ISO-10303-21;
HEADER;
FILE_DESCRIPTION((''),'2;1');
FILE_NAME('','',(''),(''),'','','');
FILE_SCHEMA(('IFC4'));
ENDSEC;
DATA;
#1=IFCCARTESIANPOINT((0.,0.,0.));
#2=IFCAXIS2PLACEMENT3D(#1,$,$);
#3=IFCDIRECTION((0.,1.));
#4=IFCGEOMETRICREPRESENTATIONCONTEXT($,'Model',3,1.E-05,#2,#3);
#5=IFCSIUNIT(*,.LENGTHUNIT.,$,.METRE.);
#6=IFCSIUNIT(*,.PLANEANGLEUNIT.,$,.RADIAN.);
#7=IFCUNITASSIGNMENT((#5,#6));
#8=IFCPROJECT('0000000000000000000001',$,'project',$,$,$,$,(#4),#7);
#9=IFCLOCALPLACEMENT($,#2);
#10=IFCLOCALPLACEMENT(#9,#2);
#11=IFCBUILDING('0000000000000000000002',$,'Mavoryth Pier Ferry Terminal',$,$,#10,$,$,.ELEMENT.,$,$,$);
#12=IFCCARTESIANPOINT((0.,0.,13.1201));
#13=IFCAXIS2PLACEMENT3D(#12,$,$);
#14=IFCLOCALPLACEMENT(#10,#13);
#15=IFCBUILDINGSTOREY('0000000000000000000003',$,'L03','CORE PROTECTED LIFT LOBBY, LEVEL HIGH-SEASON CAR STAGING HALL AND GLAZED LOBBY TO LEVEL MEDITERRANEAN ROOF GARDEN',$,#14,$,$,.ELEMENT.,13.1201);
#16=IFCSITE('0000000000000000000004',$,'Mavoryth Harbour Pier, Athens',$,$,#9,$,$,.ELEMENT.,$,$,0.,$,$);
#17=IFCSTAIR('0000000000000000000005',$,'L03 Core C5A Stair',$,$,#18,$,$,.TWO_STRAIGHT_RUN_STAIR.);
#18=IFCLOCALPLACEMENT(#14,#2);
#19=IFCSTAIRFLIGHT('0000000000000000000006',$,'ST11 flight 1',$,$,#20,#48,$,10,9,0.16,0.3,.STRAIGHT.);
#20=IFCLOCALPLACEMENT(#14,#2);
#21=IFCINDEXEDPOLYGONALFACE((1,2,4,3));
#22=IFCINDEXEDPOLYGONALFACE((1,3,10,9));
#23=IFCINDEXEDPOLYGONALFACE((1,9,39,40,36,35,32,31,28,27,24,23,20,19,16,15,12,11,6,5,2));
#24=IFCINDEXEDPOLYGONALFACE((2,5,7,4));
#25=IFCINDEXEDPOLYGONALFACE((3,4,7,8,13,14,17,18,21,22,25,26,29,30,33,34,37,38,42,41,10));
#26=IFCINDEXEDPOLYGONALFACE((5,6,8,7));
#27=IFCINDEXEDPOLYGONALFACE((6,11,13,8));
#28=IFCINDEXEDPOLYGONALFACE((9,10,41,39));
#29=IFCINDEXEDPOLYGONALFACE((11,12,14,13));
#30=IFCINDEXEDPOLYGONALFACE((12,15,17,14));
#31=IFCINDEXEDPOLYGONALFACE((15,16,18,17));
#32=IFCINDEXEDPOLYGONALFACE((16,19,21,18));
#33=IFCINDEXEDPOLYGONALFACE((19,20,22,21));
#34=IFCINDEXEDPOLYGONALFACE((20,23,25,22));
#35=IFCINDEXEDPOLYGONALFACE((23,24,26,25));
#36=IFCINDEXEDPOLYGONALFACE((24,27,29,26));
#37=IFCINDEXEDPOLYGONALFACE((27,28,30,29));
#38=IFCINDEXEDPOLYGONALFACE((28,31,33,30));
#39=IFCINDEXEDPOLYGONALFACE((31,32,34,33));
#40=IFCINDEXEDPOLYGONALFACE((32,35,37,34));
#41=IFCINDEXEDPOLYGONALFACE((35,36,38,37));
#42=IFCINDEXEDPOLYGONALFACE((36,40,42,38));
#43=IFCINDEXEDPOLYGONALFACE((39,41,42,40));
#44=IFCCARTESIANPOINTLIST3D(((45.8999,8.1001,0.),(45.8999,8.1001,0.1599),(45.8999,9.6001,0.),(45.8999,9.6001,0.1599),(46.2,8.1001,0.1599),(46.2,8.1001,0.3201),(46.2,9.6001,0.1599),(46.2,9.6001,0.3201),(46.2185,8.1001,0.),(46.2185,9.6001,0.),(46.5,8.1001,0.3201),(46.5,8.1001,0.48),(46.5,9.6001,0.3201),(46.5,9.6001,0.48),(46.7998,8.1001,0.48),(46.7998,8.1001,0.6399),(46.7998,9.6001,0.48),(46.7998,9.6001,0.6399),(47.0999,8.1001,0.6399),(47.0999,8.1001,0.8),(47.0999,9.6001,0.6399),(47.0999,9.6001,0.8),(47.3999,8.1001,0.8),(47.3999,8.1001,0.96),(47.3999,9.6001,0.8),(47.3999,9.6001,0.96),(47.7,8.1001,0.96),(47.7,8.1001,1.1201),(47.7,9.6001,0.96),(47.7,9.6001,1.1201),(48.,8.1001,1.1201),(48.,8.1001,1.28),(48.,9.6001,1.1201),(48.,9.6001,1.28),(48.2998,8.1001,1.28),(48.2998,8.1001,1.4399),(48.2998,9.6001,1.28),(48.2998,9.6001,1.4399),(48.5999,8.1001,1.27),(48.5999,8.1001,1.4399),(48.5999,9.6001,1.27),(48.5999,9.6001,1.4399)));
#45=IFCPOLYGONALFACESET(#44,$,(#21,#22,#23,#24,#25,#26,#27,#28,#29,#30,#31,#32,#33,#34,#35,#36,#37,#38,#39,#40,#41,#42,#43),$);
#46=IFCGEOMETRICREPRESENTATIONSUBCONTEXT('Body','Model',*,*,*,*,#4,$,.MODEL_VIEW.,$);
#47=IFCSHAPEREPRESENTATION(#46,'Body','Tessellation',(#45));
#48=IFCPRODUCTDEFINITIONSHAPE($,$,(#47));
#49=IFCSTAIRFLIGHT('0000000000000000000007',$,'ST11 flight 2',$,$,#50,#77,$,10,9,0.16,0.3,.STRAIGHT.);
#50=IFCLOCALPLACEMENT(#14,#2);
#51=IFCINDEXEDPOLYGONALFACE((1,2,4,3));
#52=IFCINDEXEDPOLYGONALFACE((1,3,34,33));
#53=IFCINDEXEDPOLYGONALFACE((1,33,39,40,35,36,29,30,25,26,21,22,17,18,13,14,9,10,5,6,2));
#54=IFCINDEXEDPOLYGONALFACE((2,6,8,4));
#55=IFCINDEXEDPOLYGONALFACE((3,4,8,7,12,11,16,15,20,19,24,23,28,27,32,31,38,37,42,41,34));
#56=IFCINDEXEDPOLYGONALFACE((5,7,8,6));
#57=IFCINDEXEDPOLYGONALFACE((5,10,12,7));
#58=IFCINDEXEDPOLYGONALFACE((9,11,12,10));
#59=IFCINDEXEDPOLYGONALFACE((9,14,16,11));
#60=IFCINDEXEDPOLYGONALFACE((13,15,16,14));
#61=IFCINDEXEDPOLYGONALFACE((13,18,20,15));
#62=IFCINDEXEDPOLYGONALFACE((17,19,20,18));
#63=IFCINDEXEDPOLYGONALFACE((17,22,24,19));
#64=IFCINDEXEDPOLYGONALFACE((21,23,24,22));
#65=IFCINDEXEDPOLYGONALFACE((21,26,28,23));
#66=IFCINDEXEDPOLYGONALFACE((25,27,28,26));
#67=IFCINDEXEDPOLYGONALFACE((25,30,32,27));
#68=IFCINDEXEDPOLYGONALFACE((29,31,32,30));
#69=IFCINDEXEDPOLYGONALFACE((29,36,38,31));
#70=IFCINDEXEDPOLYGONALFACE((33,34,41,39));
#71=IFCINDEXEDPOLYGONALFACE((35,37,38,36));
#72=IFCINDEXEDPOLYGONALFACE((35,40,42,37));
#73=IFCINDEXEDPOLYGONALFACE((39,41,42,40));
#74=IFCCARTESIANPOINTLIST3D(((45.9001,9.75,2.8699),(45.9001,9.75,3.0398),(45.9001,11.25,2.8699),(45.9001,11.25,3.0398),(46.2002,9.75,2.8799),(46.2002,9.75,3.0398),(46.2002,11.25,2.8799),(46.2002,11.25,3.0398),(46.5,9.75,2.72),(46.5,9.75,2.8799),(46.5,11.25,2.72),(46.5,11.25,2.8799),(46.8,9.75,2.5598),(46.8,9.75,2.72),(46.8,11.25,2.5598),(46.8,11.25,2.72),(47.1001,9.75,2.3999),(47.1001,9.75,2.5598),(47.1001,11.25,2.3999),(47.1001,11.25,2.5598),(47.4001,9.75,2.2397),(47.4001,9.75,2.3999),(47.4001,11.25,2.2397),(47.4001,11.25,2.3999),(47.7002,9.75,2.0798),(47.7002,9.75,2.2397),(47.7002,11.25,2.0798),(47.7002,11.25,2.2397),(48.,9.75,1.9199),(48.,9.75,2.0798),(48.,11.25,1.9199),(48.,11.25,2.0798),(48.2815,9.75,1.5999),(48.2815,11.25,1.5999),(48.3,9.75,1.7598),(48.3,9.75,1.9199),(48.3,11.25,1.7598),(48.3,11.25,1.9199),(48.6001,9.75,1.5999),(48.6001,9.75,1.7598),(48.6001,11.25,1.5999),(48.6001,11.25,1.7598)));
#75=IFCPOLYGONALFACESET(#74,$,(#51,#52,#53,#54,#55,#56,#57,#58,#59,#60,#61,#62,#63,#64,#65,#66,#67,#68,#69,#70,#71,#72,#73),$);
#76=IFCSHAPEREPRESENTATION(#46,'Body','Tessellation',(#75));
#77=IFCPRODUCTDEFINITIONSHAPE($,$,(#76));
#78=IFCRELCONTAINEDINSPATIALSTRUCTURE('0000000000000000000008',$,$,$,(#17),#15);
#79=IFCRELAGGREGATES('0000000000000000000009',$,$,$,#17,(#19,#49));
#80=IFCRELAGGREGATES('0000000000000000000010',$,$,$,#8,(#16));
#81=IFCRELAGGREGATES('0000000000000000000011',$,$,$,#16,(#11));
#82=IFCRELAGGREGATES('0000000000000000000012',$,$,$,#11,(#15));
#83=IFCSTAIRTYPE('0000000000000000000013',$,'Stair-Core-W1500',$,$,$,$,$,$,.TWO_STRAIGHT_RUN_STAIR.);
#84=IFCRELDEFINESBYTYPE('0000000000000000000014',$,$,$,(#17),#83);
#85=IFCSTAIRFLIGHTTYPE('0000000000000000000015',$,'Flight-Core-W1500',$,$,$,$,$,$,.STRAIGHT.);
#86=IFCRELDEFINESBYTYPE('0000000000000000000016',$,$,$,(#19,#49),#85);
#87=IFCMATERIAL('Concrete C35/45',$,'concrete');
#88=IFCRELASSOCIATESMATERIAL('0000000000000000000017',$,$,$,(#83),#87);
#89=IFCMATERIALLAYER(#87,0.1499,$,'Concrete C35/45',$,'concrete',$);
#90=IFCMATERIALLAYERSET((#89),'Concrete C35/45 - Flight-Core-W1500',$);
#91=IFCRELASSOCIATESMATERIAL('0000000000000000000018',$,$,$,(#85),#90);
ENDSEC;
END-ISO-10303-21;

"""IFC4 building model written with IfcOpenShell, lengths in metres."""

from ifc_helpers import new_model, si_unit, direction, frame, origin, place, context, subcontext, project, spatial, polyline, outline, extrude, material, layer, layer_set, type_object, element, aggregate, save


model = new_model("IFC4")

# Units and contexts
model_context = context("Model", 3, precision=1e-05, world=origin(), true_north=direction((0.0, 1.0)))
body_context = subcontext(model_context, "Body", "Model", "MODEL_VIEW")
ifc_project = project(units=[si_unit("LENGTHUNIT", "METRE"), si_unit("PLANEANGLEUNIT", "RADIAN")], contexts=[model_context])

# Site, building, storey
site_placement = place(None, origin())
site = spatial("IfcSite", under=ifc_project, at=site_placement, Name="Mavoryth Harbour Pier, Athens", CompositionType="ELEMENT", RefElevation=0.0)
building_placement = place(site_placement, origin())
building = spatial("IfcBuilding", under=site, at=building_placement, Name="Mavoryth Pier Ferry Terminal", CompositionType="ELEMENT")
storey_placement = place(building_placement, frame((0.0, 0.0, 13.1201)))
storey = spatial("IfcBuildingStorey", under=building, at=storey_placement, Name="L03", Description="CORE PROTECTED LIFT LOBBY, LEVEL HIGH-SEASON CAR STAGING HALL AND GLAZED LOBBY TO LEVEL MEDITERRANEAN ROOF GARDEN", CompositionType="ELEMENT", Elevation=13.1201)

# Shared definitions
ifc_material_1 = material(Name="Concrete C35/45", Category="concrete")

# Stair, stair flights
stair_type = type_object("IfcStairType", Name="Stair-Core-W1500", PredefinedType="TWO_STRAIGHT_RUN_STAIR", material=ifc_material_1)
stair_placement = place(storey_placement, origin())
stair = element("IfcStair", 1, at=stair_placement, inside=storey, type_object=stair_type, Name="L03 Core C5A Stair", PredefinedType="TWO_STRAIGHT_RUN_STAIR")
ifc_layer_1 = layer(ifc_material_1, 0.1499, Name="Concrete C35/45", Category="concrete")
ifc_layer_set_1 = layer_set([ifc_layer_1], Name="Concrete C35/45 - Flight-Core-W1500")
stair_flight_type = type_object("IfcStairFlightType", Name="Flight-Core-W1500", PredefinedType="STRAIGHT", material=ifc_layer_set_1)
stair_flight_1_placement = place(storey_placement, frame((45.8999, 8.8501, 0.0), z_axis=(0.0, 0.0, 1.0), x_axis=(1.0, 0.0, 0.0)))
stair_flight_1 = element("IfcStairFlight", 2, at=stair_flight_1_placement, type_object=stair_flight_type, Name="ST11 flight 1", NumberOfRisers=10, NumberOfTreads=9, PredefinedType="STRAIGHT", RiserHeight=0.16, TreadLength=0.3, context=body_context, shape_type="SweptSolid", body=[
    extrude(outline(polyline([(0.0, 0.0), (0.0, 0.1599), (0.3, 0.1599), (0.3, 0.3201), (0.6001, 0.3201), (0.6001, 0.48), (0.8999, 0.48), (0.8999, 0.6399), (1.2, 0.6399), (1.2, 0.8), (1.5, 0.8), (1.5, 0.96), (1.8, 0.96), (1.8, 1.1201), (2.1001, 1.1201), (2.1001, 1.28), (2.3999, 1.28), (2.3999, 1.4399), (2.7, 1.4399), (2.7, 1.6001), (2.7, 1.27), (0.3186, 0.0), (0.0, 0.0)])), frame((0.0, 0.75, 0.0), z_axis=(0.0, -1.0, 0.0), x_axis=(1.0, 0.0, 0.0)), (0.0, 0.0, 1.0), 1.5),
])
stair_flight_2_placement = place(storey_placement, frame((48.6001, 10.5, 1.5999), z_axis=(0.0, 0.0, 1.0), x_axis=(-1.0, 0.0, 0.0)))
stair_flight_2 = element("IfcStairFlight", 3, at=stair_flight_2_placement, type_object=stair_flight_type, Name="ST11 flight 2", NumberOfRisers=10, NumberOfTreads=9, PredefinedType="STRAIGHT", RiserHeight=0.16, TreadLength=0.3, context=body_context, shape_type="SweptSolid", body=[
    extrude(outline(polyline([(0.0, 0.0), (0.0, 0.1599), (0.3, 0.1599), (0.3, 0.3201), (0.6001, 0.3201), (0.6001, 0.48), (0.8999, 0.48), (0.8999, 0.6399), (1.2, 0.6399), (1.2, 0.8), (1.5, 0.8), (1.5, 0.96), (1.8, 0.96), (1.8, 1.1201), (2.1001, 1.1201), (2.1001, 1.28), (2.3999, 1.28), (2.3999, 1.4399), (2.7, 1.4399), (2.7, 1.6001), (2.7, 1.27), (0.3186, 0.0), (0.0, 0.0)])), frame((0.0, 0.75, 0.0), z_axis=(0.0, -1.0, 0.0), x_axis=(1.0, 0.0, 0.0)), (0.0, 0.0, 1.0), 1.5),
])
aggregate(stair, [stair_flight_1, stair_flight_2])

save(model, "model.ifc")
